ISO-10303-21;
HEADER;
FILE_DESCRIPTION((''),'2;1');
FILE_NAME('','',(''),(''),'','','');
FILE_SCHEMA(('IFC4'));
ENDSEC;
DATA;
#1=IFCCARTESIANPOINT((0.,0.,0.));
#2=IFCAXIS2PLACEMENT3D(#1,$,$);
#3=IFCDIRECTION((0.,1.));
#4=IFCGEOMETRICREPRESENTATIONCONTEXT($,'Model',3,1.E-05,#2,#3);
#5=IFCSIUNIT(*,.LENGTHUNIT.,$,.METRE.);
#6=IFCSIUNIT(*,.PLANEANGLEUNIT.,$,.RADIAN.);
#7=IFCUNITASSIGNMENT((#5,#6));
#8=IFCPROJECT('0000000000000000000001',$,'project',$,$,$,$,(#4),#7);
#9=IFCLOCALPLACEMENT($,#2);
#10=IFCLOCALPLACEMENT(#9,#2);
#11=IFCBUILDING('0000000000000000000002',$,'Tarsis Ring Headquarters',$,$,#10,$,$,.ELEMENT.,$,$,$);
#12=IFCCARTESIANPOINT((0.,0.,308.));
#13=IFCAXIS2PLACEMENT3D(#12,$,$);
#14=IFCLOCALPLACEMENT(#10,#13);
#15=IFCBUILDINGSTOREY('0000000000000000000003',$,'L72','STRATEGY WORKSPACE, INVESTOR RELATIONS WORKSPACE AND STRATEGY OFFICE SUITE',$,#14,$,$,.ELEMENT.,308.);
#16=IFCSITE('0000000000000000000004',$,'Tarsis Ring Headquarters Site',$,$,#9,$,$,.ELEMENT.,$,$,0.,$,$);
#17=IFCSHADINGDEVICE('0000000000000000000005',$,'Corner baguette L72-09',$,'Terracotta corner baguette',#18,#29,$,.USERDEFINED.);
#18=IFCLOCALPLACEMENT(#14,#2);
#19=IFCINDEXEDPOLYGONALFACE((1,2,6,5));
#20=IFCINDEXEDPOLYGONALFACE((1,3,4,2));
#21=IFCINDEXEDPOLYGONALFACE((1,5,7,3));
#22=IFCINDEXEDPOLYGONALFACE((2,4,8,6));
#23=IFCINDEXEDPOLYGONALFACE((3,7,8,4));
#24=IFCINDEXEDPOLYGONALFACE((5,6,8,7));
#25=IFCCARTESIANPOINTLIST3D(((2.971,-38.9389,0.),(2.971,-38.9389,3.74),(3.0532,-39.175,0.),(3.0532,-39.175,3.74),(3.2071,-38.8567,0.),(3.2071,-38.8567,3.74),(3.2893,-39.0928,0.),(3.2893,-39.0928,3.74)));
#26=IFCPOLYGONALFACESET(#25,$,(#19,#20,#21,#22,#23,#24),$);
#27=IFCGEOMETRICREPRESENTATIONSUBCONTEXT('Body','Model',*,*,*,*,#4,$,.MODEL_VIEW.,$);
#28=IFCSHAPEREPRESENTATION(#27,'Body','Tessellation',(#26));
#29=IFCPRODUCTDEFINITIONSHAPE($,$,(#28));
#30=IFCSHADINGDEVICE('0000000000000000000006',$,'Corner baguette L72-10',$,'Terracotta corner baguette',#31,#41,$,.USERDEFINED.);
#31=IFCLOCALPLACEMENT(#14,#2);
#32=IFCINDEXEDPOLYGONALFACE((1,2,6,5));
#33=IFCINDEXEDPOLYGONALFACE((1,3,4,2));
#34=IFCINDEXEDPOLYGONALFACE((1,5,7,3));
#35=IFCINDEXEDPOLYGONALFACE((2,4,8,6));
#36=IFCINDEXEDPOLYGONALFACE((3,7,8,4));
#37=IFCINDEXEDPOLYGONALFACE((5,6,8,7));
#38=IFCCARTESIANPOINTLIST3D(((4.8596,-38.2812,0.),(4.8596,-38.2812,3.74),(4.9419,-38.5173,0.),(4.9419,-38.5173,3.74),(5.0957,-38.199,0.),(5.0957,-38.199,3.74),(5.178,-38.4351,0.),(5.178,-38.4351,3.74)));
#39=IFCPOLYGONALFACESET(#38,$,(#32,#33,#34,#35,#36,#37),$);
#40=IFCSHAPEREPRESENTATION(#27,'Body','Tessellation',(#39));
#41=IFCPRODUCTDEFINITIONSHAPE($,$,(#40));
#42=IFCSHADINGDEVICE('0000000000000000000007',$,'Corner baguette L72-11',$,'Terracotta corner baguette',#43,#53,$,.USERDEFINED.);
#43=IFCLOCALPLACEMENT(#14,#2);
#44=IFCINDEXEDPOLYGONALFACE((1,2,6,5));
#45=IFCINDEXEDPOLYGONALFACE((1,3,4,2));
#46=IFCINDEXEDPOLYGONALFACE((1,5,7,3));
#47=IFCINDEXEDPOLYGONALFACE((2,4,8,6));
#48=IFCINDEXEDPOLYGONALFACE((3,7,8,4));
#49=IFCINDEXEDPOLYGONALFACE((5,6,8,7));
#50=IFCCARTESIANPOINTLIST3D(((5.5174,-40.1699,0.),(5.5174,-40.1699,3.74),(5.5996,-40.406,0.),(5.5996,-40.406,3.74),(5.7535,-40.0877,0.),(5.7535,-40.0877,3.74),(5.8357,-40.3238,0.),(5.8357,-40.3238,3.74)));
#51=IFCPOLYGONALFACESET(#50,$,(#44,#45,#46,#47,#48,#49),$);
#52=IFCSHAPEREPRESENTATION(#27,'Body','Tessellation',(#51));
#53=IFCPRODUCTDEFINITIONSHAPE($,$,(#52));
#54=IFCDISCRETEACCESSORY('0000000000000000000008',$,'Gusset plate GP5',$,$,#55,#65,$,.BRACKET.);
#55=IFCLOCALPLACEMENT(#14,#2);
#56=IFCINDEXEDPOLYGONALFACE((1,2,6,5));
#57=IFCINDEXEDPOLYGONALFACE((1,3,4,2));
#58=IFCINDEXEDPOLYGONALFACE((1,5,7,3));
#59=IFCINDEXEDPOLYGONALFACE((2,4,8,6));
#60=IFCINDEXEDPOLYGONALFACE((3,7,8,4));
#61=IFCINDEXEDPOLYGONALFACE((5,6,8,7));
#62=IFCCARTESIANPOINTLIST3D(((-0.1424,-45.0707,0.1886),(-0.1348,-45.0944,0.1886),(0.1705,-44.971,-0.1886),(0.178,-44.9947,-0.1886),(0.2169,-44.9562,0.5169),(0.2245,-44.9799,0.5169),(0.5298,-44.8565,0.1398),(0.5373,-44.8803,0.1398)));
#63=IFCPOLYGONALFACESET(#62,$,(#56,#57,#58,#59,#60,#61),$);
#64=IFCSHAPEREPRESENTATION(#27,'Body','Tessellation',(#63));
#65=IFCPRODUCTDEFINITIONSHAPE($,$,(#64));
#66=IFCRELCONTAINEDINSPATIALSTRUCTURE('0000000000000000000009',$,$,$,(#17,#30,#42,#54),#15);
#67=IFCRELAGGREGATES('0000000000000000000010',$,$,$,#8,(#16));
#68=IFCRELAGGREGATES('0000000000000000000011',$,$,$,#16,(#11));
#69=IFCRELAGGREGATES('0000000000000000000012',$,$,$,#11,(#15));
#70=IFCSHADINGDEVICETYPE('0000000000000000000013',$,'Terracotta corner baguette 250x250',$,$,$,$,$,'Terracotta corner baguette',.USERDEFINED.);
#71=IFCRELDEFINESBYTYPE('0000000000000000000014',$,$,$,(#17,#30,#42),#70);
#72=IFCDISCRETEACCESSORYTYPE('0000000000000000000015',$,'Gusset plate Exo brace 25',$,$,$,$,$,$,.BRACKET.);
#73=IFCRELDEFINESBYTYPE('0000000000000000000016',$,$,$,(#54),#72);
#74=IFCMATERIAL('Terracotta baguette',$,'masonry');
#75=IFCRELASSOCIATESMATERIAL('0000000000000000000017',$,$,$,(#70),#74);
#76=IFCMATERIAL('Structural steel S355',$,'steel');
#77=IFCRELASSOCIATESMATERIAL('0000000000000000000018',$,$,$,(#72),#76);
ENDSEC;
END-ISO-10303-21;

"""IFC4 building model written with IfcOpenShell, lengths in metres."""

from ifc_helpers import new_model, si_unit, direction, frame, origin, origin_2d, place, context, subcontext, project, spatial, rectangle, extrude, material, material_profile, profile_set, type_object, element, save


model = new_model("IFC4")

# Units and contexts
model_context = context("Model", 3, precision=1e-05, world=origin(), true_north=direction((0.0, 1.0)))
body_context = subcontext(model_context, "Body", "Model", "MODEL_VIEW")
ifc_project = project(units=[si_unit("LENGTHUNIT", "METRE"), si_unit("PLANEANGLEUNIT", "RADIAN")], contexts=[model_context])

# Site, building, storey
site_placement = place(None, origin())
site = spatial("IfcSite", under=ifc_project, at=site_placement, Name="Tarsis Ring Headquarters Site", CompositionType="ELEMENT", RefElevation=0.0)
building_placement = place(site_placement, origin())
building = spatial("IfcBuilding", under=site, at=building_placement, Name="Tarsis Ring Headquarters", CompositionType="ELEMENT")
storey_placement = place(building_placement, frame((0.0, 0.0, 308.0)))
storey = spatial("IfcBuildingStorey", under=building, at=storey_placement, Name="L72", Description="STRATEGY WORKSPACE, INVESTOR RELATIONS WORKSPACE AND STRATEGY OFFICE SUITE", CompositionType="ELEMENT", Elevation=308.0)

# Shared definitions
ifc_material_1 = material(Name="Structural steel S355", Category="steel")

# Shading devices
ifc_material_2 = material(Name="Terracotta baguette", Category="masonry")
shading_device_type_1 = type_object("IfcShadingDeviceType", Name="Terracotta corner baguette 250x250", ElementType="Terracotta corner baguette", PredefinedType="USERDEFINED", material=ifc_material_2)
for number, where, z_axis, x_axis, name in (
    (1, (3.1301, -39.0159, 0.0), (0.0, 0.0, 1.0), (0.328867, -0.944376, 0.0), "Corner baguette L72-09"),
    (2, (5.0188, -38.3582, 0.0), (0.0, 0.0, 1.0), (0.944376, 0.328867, 0.0), "Corner baguette L72-10"),
    (3, (5.6765, -40.2468, 0.0), (0.0, 0.0, 1.0), (0.328866, -0.944376, 0.0), "Corner baguette L72-11"),
):
    element("IfcShadingDevice", number, at=place(storey_placement, frame(where, z_axis=z_axis, x_axis=x_axis)), inside=storey, type_object=shading_device_type_1, Name=name, ObjectType="Terracotta corner baguette", PredefinedType="USERDEFINED", context=body_context, shape_type="SweptSolid", body=[
        extrude(rectangle(XDim=0.25, YDim=0.25, at=origin_2d()), origin(), (0.0, 0.0, 1.0), 3.74),
    ])

# Discrete accessory
ifc_material_profile_1 = material_profile(ifc_material_1, rectangle(XDim=0.0249, YDim=0.5, at=origin_2d()), Name="PL 25x500")
ifc_profile_set_1 = profile_set([ifc_material_profile_1], Name="Structural steel S355")
discrete_accessory_type = type_object("IfcDiscreteAccessoryType", Name="Gusset plate Exo brace 25", PredefinedType="BRACKET", material=ifc_profile_set_1)
discrete_accessory_placement = place(storey_placement, frame((0.0178, -45.0327, 0.0), z_axis=(0.718624, 0.228964, 0.656624), x_axis=(-0.303578, 0.952807, 0.0)))
element("IfcDiscreteAccessory", 4, at=discrete_accessory_placement, inside=storey, type_object=discrete_accessory_type, Name="Gusset plate GP5", PredefinedType="BRACKET", context=body_context, shape_type="SweptSolid", body=[
    extrude(rectangle(XDim=0.0249, YDim=0.5, at=origin_2d()), origin(), (0.0, 0.0, 1.0), 0.5),
])

save(model, "model.ifc")
